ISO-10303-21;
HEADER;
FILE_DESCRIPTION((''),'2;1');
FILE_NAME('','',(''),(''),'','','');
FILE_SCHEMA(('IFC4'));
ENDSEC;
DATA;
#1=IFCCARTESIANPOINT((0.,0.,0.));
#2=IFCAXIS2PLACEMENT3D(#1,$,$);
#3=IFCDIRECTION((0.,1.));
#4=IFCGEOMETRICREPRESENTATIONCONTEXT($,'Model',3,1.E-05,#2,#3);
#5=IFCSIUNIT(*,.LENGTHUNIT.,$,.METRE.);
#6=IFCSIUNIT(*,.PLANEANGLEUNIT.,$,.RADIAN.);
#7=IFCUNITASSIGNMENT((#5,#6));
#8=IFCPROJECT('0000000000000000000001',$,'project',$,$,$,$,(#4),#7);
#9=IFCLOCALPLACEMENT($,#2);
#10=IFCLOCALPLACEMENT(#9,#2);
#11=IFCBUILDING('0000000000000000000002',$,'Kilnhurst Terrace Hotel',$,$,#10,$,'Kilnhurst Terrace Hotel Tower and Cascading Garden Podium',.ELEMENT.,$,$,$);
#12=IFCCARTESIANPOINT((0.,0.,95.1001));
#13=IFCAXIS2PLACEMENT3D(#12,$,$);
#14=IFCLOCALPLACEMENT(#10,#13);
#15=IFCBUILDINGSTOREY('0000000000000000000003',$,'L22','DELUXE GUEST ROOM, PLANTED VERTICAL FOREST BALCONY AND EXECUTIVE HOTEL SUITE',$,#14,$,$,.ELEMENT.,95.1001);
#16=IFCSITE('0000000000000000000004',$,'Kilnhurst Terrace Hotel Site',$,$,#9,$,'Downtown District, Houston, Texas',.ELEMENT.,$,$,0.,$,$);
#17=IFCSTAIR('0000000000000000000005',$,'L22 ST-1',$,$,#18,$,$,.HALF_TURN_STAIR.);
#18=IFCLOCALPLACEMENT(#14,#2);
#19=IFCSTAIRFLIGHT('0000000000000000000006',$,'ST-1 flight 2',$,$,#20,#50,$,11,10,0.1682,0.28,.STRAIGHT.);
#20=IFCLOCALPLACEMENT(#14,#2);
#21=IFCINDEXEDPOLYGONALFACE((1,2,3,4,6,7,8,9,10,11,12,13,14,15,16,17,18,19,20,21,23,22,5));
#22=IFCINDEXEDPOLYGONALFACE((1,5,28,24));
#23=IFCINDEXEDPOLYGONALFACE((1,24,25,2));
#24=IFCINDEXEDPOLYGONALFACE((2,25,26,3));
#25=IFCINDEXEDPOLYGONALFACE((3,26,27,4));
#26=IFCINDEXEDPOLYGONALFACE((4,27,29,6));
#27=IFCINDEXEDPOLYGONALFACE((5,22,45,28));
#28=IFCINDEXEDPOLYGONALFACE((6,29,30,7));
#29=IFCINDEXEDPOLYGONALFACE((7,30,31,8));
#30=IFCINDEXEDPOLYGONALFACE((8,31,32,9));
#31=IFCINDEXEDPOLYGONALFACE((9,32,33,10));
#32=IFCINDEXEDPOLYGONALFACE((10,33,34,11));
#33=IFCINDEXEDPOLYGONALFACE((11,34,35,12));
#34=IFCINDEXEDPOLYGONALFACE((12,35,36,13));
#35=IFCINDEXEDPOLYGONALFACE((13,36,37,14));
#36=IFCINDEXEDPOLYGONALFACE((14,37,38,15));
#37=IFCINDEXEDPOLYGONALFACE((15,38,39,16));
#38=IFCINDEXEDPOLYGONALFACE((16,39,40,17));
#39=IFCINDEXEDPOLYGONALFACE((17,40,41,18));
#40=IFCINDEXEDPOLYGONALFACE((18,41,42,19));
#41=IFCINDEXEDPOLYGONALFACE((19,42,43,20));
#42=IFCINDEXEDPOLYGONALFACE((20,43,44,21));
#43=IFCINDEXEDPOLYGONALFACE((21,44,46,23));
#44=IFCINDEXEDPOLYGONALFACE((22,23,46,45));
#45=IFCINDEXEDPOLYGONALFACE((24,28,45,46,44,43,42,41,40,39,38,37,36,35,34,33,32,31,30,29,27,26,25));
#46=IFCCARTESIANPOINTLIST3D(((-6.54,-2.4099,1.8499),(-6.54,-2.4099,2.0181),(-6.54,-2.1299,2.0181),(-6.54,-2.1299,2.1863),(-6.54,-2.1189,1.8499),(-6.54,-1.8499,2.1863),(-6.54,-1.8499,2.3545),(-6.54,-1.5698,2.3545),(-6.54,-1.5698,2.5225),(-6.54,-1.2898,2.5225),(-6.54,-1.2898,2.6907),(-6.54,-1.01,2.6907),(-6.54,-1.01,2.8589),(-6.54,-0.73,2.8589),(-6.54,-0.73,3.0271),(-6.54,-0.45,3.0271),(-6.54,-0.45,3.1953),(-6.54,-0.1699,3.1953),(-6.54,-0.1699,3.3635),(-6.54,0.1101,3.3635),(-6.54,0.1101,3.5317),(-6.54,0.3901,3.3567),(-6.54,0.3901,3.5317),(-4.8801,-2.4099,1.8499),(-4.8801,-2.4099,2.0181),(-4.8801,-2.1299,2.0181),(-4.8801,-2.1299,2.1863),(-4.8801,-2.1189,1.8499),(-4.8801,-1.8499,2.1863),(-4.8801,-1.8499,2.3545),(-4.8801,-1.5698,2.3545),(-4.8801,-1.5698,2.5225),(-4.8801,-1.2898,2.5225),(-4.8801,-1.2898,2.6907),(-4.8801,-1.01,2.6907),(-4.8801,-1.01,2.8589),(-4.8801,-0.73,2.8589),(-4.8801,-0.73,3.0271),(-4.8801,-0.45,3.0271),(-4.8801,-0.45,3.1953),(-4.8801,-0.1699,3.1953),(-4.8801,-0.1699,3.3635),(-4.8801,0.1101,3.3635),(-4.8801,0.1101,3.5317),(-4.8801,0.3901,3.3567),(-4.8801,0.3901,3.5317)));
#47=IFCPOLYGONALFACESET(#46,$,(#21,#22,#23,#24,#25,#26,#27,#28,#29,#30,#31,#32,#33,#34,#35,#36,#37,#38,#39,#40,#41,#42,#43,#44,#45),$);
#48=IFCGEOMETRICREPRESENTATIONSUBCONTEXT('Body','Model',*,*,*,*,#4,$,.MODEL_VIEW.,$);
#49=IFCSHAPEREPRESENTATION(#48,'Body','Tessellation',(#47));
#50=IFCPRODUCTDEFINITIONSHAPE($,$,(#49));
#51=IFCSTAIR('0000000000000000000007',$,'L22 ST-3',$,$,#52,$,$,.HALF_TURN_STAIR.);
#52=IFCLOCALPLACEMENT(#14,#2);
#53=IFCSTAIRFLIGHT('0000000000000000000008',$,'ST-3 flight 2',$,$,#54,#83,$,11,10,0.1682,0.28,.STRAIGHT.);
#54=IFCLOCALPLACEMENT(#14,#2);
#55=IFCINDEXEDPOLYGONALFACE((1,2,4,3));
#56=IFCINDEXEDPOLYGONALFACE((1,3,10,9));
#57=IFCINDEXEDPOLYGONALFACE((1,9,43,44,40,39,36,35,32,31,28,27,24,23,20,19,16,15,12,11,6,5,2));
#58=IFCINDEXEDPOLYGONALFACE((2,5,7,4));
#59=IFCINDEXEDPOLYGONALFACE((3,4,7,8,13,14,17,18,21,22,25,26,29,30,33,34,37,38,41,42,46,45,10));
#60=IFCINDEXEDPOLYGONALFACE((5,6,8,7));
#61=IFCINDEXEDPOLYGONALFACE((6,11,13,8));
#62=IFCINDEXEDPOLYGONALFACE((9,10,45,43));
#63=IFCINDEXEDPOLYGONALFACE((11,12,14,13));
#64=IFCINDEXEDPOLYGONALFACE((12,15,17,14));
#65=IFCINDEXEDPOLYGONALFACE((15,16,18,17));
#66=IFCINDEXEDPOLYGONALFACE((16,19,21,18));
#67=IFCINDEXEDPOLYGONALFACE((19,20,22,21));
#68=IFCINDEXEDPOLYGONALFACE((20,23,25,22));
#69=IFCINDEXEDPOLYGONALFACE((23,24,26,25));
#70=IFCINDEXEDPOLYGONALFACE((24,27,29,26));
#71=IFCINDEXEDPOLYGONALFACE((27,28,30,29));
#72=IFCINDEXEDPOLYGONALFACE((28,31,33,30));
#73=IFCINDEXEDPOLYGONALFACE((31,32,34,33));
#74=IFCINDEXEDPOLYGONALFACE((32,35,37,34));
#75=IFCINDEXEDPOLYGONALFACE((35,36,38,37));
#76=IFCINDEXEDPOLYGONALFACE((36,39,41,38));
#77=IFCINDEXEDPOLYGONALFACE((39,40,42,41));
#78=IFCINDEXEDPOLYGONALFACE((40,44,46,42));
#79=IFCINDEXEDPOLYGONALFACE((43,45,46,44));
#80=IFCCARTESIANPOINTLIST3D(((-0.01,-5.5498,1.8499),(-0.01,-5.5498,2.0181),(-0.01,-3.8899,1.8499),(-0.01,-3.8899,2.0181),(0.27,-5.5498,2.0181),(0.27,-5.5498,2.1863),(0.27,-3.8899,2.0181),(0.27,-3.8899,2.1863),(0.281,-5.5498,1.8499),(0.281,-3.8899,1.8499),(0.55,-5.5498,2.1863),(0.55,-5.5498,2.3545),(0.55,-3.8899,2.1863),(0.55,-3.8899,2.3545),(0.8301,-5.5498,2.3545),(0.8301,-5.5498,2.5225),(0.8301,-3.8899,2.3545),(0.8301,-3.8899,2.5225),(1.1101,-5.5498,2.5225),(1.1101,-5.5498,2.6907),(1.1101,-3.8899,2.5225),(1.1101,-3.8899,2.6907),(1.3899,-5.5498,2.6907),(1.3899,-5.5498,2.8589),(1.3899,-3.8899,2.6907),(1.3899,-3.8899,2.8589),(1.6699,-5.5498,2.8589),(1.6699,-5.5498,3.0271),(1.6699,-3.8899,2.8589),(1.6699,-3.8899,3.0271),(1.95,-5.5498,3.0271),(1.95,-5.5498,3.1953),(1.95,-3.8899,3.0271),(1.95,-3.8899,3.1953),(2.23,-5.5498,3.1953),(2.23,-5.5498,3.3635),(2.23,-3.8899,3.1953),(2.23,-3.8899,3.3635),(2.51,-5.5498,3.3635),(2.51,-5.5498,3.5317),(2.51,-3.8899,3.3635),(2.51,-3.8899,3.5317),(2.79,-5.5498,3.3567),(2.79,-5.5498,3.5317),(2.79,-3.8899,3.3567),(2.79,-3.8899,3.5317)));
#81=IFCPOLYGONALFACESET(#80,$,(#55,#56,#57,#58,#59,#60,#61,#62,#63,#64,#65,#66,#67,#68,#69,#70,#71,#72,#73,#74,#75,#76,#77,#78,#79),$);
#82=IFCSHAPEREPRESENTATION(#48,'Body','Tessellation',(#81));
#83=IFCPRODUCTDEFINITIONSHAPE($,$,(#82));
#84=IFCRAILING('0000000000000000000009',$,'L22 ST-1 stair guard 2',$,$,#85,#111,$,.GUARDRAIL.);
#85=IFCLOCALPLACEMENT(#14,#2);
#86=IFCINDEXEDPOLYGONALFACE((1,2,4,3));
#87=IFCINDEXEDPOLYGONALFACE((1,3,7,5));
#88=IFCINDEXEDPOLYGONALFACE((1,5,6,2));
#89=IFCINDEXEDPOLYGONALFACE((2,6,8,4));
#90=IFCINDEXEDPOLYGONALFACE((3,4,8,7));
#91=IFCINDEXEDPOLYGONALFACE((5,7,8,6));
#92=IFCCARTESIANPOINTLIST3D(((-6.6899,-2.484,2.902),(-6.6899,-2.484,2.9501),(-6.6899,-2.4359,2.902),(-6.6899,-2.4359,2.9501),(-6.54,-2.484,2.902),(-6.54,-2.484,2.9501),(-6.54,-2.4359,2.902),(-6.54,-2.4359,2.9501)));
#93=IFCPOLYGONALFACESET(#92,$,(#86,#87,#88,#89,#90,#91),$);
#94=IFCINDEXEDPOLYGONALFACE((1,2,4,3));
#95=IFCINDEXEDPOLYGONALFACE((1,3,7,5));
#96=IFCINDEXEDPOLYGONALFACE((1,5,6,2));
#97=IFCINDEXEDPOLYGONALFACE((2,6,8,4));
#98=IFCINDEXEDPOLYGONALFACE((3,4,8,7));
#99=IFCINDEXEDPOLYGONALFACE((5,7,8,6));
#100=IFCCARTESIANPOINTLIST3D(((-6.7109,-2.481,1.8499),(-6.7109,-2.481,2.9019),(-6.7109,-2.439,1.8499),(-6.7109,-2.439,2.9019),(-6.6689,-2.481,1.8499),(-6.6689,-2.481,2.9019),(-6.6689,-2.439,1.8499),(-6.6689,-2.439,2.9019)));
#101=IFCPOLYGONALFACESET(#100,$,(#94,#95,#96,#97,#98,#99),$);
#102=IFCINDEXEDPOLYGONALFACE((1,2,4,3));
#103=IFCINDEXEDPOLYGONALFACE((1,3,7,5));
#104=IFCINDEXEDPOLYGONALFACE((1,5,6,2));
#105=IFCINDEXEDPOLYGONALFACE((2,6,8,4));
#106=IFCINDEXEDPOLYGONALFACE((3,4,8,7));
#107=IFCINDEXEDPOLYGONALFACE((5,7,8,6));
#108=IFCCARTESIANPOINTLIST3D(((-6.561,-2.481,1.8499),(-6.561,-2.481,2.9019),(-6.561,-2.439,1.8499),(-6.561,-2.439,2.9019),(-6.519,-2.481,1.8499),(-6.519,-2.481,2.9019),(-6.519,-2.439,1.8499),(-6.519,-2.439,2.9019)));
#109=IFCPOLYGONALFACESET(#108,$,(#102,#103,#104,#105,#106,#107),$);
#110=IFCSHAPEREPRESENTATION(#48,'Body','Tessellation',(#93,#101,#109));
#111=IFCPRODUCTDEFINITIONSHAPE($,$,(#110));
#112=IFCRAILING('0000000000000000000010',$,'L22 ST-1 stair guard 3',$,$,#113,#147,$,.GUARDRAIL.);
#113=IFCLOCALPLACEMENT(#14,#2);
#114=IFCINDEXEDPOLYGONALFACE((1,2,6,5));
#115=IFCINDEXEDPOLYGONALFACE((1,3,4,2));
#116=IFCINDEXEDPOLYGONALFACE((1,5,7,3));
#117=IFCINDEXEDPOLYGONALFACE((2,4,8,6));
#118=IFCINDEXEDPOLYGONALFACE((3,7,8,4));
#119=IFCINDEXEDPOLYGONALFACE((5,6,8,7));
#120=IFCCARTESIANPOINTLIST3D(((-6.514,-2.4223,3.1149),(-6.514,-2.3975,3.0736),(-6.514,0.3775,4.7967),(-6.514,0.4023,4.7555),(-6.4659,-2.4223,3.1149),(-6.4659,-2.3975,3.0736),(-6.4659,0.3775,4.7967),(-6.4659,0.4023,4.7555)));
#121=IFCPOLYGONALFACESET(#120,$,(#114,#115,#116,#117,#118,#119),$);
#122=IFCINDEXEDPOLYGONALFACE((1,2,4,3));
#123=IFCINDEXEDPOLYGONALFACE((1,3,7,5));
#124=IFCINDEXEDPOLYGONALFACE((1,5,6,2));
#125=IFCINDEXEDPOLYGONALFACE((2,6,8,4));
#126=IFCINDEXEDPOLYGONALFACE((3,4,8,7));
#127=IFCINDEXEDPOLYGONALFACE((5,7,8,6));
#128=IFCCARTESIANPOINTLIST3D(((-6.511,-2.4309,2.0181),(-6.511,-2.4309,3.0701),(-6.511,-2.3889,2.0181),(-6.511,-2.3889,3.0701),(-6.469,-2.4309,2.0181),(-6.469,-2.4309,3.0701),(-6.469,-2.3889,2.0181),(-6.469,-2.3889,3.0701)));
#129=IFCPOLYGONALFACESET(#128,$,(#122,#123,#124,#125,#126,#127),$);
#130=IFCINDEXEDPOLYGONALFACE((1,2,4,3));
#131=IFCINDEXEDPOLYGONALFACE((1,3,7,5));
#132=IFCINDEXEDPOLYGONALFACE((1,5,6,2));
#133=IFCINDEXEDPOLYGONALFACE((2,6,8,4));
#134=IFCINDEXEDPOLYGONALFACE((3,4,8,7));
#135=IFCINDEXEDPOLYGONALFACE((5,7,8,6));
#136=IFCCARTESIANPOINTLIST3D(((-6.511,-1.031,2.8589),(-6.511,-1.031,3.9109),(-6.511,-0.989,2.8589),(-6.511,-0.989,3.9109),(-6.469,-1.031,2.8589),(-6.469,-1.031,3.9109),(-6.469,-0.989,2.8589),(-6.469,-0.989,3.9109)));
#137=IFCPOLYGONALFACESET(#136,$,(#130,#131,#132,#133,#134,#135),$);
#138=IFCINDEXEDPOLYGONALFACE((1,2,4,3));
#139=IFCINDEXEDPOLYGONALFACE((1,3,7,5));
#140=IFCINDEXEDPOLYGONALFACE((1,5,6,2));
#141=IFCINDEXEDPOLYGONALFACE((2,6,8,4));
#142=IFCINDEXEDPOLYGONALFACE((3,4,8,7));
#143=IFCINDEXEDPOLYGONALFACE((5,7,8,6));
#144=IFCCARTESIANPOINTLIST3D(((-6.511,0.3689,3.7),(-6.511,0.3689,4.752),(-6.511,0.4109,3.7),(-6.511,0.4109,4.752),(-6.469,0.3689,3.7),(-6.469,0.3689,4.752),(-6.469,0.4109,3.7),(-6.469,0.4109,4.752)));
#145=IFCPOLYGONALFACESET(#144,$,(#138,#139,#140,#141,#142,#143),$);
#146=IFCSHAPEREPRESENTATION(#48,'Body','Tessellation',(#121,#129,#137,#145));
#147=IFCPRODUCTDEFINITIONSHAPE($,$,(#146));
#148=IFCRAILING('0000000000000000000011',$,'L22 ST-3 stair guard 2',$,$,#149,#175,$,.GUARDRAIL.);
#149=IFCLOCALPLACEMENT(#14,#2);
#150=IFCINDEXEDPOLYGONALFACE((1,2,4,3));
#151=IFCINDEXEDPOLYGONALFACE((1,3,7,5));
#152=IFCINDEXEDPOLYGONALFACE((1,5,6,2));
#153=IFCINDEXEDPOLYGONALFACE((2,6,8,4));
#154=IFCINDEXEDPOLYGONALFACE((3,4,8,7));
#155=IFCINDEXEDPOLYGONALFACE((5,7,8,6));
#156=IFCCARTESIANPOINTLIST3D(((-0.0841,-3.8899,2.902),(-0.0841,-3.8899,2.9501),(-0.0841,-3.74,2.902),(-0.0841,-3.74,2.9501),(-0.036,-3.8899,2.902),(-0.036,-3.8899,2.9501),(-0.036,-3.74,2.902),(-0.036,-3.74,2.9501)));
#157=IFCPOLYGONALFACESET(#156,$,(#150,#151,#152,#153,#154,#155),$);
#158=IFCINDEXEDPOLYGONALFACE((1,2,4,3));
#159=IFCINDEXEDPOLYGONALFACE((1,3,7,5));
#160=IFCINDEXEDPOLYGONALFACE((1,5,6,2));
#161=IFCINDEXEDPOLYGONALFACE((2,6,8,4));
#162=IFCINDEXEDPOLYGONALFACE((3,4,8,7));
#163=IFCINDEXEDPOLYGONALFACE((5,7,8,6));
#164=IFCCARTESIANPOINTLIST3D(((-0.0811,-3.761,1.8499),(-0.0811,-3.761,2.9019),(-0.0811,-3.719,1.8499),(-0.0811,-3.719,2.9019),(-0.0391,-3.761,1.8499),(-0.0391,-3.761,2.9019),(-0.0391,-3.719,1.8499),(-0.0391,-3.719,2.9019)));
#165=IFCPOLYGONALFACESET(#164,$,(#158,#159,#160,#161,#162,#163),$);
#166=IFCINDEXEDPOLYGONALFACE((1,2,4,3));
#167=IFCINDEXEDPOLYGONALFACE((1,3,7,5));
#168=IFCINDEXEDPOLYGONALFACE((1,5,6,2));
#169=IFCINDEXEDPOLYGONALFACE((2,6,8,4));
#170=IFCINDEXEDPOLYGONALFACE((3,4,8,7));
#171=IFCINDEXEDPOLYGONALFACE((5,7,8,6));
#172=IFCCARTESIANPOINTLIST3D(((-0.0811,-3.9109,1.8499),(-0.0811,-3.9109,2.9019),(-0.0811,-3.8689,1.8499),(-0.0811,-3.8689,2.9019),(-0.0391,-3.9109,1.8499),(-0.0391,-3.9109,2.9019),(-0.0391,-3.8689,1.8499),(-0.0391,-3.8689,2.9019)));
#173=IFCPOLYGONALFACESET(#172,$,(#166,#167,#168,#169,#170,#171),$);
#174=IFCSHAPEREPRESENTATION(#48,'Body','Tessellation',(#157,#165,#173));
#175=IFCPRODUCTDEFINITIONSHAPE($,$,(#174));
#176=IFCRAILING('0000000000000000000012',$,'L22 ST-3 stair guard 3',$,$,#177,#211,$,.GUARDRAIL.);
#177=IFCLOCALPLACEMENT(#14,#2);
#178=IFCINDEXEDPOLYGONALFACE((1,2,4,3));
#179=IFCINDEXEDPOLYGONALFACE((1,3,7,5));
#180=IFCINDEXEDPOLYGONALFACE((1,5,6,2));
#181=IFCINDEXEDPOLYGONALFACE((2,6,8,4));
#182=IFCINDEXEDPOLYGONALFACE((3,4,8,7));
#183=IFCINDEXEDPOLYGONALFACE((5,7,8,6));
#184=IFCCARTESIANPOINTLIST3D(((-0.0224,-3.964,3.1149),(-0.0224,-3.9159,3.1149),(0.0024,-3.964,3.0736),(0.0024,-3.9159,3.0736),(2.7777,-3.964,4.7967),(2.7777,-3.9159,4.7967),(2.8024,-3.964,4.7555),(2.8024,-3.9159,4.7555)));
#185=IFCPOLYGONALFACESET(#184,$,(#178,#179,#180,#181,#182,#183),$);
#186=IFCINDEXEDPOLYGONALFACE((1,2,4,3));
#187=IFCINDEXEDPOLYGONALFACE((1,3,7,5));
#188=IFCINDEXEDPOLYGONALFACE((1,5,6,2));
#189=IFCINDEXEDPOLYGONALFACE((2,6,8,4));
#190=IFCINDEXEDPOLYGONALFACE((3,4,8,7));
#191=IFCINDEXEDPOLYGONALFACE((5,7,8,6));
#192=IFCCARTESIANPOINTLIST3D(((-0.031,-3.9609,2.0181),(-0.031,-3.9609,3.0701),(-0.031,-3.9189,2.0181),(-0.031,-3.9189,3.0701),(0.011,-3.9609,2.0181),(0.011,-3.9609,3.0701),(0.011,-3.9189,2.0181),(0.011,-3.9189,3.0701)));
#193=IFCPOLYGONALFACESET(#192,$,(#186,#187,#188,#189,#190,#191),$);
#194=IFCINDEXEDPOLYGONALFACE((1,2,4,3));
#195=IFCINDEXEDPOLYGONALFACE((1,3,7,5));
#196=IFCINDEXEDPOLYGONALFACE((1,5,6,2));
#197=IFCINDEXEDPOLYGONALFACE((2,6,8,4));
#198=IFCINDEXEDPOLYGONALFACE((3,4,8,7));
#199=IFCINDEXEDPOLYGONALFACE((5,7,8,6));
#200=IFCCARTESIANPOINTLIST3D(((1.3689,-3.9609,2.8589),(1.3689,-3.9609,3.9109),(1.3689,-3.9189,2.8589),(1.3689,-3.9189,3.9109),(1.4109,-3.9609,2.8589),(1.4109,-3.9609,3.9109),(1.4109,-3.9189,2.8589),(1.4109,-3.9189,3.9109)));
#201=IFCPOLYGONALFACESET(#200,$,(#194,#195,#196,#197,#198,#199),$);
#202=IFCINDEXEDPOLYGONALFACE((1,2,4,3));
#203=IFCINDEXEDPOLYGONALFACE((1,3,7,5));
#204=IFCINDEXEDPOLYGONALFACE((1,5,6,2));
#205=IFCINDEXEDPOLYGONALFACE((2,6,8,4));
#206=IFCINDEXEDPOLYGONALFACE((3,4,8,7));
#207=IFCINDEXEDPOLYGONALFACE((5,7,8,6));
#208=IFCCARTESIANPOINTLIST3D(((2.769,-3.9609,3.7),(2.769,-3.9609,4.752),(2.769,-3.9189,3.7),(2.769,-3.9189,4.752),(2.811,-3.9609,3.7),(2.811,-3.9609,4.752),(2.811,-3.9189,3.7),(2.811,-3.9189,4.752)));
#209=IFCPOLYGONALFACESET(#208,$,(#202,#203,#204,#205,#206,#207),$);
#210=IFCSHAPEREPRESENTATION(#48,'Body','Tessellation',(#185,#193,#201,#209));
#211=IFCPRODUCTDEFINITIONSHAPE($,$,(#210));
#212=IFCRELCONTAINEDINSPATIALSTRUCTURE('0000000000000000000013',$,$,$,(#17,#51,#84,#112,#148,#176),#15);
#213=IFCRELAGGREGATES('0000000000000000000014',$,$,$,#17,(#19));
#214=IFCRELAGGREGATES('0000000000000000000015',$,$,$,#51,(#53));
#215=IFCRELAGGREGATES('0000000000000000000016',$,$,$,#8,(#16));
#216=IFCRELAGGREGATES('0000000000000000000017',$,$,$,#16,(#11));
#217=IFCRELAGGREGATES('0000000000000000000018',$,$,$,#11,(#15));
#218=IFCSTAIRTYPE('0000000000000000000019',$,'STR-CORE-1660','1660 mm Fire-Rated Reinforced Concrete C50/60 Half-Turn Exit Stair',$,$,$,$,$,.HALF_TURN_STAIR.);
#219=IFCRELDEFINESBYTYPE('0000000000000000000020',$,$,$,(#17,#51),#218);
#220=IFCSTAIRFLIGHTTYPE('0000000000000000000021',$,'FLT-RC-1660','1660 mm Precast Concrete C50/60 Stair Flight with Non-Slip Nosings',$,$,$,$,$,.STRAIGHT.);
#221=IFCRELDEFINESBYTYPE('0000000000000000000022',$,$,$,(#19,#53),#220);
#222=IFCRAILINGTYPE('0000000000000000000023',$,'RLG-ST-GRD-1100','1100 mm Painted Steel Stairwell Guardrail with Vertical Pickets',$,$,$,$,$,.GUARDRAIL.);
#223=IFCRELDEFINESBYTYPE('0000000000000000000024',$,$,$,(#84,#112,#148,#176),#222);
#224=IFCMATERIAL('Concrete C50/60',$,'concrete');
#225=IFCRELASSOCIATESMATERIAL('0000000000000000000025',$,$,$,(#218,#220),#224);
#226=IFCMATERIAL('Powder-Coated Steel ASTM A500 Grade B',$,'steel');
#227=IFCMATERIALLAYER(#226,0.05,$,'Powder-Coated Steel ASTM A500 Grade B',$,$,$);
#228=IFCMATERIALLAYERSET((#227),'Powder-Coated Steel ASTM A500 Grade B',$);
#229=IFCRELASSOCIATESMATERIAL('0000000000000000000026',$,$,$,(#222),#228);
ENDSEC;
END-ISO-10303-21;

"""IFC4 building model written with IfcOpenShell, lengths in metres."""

from ifc_helpers import new_model, si_unit, direction, frame, origin, origin_2d, place, context, subcontext, project, spatial, polyline, rectangle, outline, extrude, material, layer, layer_set, type_object, element, aggregate, save


model = new_model("IFC4")

# Units and contexts
model_context = context("Model", 3, precision=1e-05, world=origin(), true_north=direction((0.0, 1.0)))
body_context = subcontext(model_context, "Body", "Model", "MODEL_VIEW")
ifc_project = project(units=[si_unit("LENGTHUNIT", "METRE"), si_unit("PLANEANGLEUNIT", "RADIAN")], contexts=[model_context])

# Site, building, storey
site_placement = place(None, origin())
site = spatial("IfcSite", under=ifc_project, at=site_placement, Name="Kilnhurst Terrace Hotel Site", LongName="Downtown District, Houston, Texas", CompositionType="ELEMENT", RefElevation=0.0)
building_placement = place(site_placement, origin())
building = spatial("IfcBuilding", under=site, at=building_placement, Name="Kilnhurst Terrace Hotel", LongName="Kilnhurst Terrace Hotel Tower and Cascading Garden Podium", CompositionType="ELEMENT")
storey_placement = place(building_placement, frame((0.0, 0.0, 95.1001)))
storey = spatial("IfcBuildingStorey", under=building, at=storey_placement, Name="L22", Description="DELUXE GUEST ROOM, PLANTED VERTICAL FOREST BALCONY AND EXECUTIVE HOTEL SUITE", CompositionType="ELEMENT", Elevation=95.1001)

# Shared definitions
ifc_material_1 = material(Name="Concrete C50/60", Category="concrete")

# Stairs, stair flights
stair_type = type_object("IfcStairType", Name="STR-CORE-1660", Description="1660 mm Fire-Rated Reinforced Concrete C50/60 Half-Turn Exit Stair", PredefinedType="HALF_TURN_STAIR", material=ifc_material_1)
stair_1_placement = place(storey_placement, origin())
stair_1 = element("IfcStair", 1, at=stair_1_placement, inside=storey, type_object=stair_type, Name="L22 ST-1", PredefinedType="HALF_TURN_STAIR")
stair_flight_type = type_object("IfcStairFlightType", Name="FLT-RC-1660", Description="1660 mm Precast Concrete C50/60 Stair Flight with Non-Slip Nosings", PredefinedType="STRAIGHT", material=ifc_material_1)
stair_flight_1_placement = place(storey_placement, frame((-5.71, -2.4099, 1.8499), z_axis=(0.0, 0.0, 1.0), x_axis=(0.0, 1.0, 0.0)))
stair_flight_1 = element("IfcStairFlight", 2, at=stair_flight_1_placement, type_object=stair_flight_type, Name="ST-1 flight 2", NumberOfRisers=11, NumberOfTreads=10, PredefinedType="STRAIGHT", RiserHeight=0.1682, TreadLength=0.28, context=body_context, shape_type="SweptSolid", body=[
    extrude(outline(polyline([(0.0, 0.0), (0.0, 0.1682), (0.28, 0.1682), (0.28, 0.3364), (0.5601, 0.3364), (0.5601, 0.5046), (0.8401, 0.5046), (0.8401, 0.6726), (1.1201, 0.6726), (1.1201, 0.8408), (1.3999, 0.8408), (1.3999, 1.009), (1.6799, 1.009), (1.6799, 1.1772), (1.96, 1.1772), (1.96, 1.3455), (2.24, 1.3455), (2.24, 1.5137), (2.52, 1.5137), (2.52, 1.6819), (2.8, 1.6819), (2.8, 1.8501), (2.8, 1.5068), (0.291, 0.0), (0.0, 0.0)])), frame((0.0, 0.8301, 0.0), z_axis=(0.0, -1.0, 0.0), x_axis=(1.0, 0.0, 0.0)), (0.0, 0.0, 1.0), 1.6599),
])
aggregate(stair_1, [stair_flight_1])
stair_2_placement = place(storey_placement, origin())
stair_2 = element("IfcStair", 3, at=stair_2_placement, inside=storey, type_object=stair_type, Name="L22 ST-3", PredefinedType="HALF_TURN_STAIR")
stair_flight_2_placement = place(storey_placement, frame((-0.01, -4.72, 1.8499), z_axis=(0.0, 0.0, 1.0), x_axis=(1.0, 0.0, 0.0)))
stair_flight_2 = element("IfcStairFlight", 4, at=stair_flight_2_placement, type_object=stair_flight_type, Name="ST-3 flight 2", NumberOfRisers=11, NumberOfTreads=10, PredefinedType="STRAIGHT", RiserHeight=0.1682, TreadLength=0.28, context=body_context, shape_type="SweptSolid", body=[
    extrude(outline(polyline([(0.0, 0.0), (0.0, 0.1682), (0.28, 0.1682), (0.28, 0.3364), (0.5601, 0.3364), (0.5601, 0.5046), (0.8401, 0.5046), (0.8401, 0.6726), (1.1201, 0.6726), (1.1201, 0.8408), (1.3999, 0.8408), (1.3999, 1.009), (1.6799, 1.009), (1.6799, 1.1772), (1.96, 1.1772), (1.96, 1.3455), (2.24, 1.3455), (2.24, 1.5137), (2.52, 1.5137), (2.52, 1.6819), (2.8, 1.6819), (2.8, 1.8501), (2.8, 1.5068), (0.291, 0.0), (0.0, 0.0)])), frame((0.0, 0.8301, 0.0), z_axis=(0.0, -1.0, 0.0), x_axis=(1.0, 0.0, 0.0)), (0.0, 0.0, 1.0), 1.6599),
])
aggregate(stair_2, [stair_flight_2])

# Railings
ifc_material_2 = material(Name="Powder-Coated Steel ASTM A500 Grade B", Category="steel")
ifc_layer_1 = layer(ifc_material_2, 0.05, Name="Powder-Coated Steel ASTM A500 Grade B")
ifc_layer_set_1 = layer_set([ifc_layer_1], Name="Powder-Coated Steel ASTM A500 Grade B")
railing_type_1 = type_object("IfcRailingType", Name="RLG-ST-GRD-1100", Description="1100 mm Painted Steel Stairwell Guardrail with Vertical Pickets", PredefinedType="GUARDRAIL", material=ifc_layer_set_1)
railing_1_placement = place(storey_placement, frame((-6.6899, -2.46, 1.8499)))
element("IfcRailing", 5, at=railing_1_placement, inside=storey, type_object=railing_type_1, Name="L22 ST-1 stair guard 2", PredefinedType="GUARDRAIL", context=body_context, shape_type="SweptSolid", body=[
    extrude(rectangle(XDim=0.0481, YDim=0.0481, at=origin_2d()), frame((0.0, 0.0, 1.0762), z_axis=(1.0, 0.0, 0.0), x_axis=(0.0, 1.0, 0.0)), (0.0, 0.0, 1.0), 0.1499),
    extrude(rectangle(XDim=0.042, YDim=0.042, at=origin_2d()), origin(), (0.0, 0.0, 1.0), 1.052),
    extrude(rectangle(XDim=0.042, YDim=0.042, at=origin_2d()), frame((0.1499, 0.0, 0.0)), (0.0, 0.0, 1.0), 1.052),
])
railing_2_placement = place(storey_placement, frame((-6.49, -2.4099, 2.0181)))
element("IfcRailing", 6, at=railing_2_placement, inside=storey, type_object=railing_type_1, Name="L22 ST-1 stair guard 3", PredefinedType="GUARDRAIL", context=body_context, shape_type="SweptSolid", body=[
    extrude(rectangle(XDim=0.0481, YDim=0.0481, at=origin_2d()), frame((0.0, 0.0, 1.0762), z_axis=(0.0, 0.857222, 0.514946), x_axis=(-1.0, 0.0, 0.0)), (0.0, 0.0, 1.0), 3.2661),
    extrude(rectangle(XDim=0.042, YDim=0.042, at=origin_2d()), origin(), (0.0, 0.0, 1.0), 1.052),
    extrude(rectangle(XDim=0.042, YDim=0.042, at=origin_2d()), frame((0.0, 1.3999, 0.8408)), (0.0, 0.0, 1.0), 1.052),
    extrude(rectangle(XDim=0.042, YDim=0.042, at=origin_2d()), frame((0.0, 2.7998, 1.6819)), (0.0, 0.0, 1.0), 1.052),
])
railing_3_placement = place(storey_placement, frame((-0.0601, -3.74, 1.8499)))
element("IfcRailing", 7, at=railing_3_placement, inside=storey, type_object=railing_type_1, Name="L22 ST-3 stair guard 2", PredefinedType="GUARDRAIL", context=body_context, shape_type="SweptSolid", body=[
    extrude(rectangle(XDim=0.0481, YDim=0.0481, at=origin_2d()), frame((0.0, 0.0, 1.0762), z_axis=(0.0, -1.0, 0.0), x_axis=(1.0, 0.0, 0.0)), (0.0, 0.0, 1.0), 0.1499),
    extrude(rectangle(XDim=0.042, YDim=0.042, at=origin_2d()), origin(), (0.0, 0.0, 1.0), 1.052),
    extrude(rectangle(XDim=0.042, YDim=0.042, at=origin_2d()), frame((0.0, -0.1499, 0.0)), (0.0, 0.0, 1.0), 1.052),
])
railing_4_placement = place(storey_placement, frame((-0.01, -3.9399, 2.0181)))
element("IfcRailing", 8, at=railing_4_placement, inside=storey, type_object=railing_type_1, Name="L22 ST-3 stair guard 3", PredefinedType="GUARDRAIL", context=body_context, shape_type="SweptSolid", body=[
    extrude(rectangle(XDim=0.0481, YDim=0.0481, at=origin_2d()), frame((0.0, 0.0, 1.0762), z_axis=(0.857242, 0.0, 0.514913), x_axis=(0.0, 1.0, 0.0)), (0.0, 0.0, 1.0), 3.2664),
    extrude(rectangle(XDim=0.042, YDim=0.042, at=origin_2d()), origin(), (0.0, 0.0, 1.0), 1.052),
    extrude(rectangle(XDim=0.042, YDim=0.042, at=origin_2d()), frame((1.3999, 0.0, 0.8408)), (0.0, 0.0, 1.0), 1.052),
    extrude(rectangle(XDim=0.042, YDim=0.042, at=origin_2d()), frame((2.8, 0.0, 1.6819)), (0.0, 0.0, 1.0), 1.052),
])

save(model, "model.ifc")
